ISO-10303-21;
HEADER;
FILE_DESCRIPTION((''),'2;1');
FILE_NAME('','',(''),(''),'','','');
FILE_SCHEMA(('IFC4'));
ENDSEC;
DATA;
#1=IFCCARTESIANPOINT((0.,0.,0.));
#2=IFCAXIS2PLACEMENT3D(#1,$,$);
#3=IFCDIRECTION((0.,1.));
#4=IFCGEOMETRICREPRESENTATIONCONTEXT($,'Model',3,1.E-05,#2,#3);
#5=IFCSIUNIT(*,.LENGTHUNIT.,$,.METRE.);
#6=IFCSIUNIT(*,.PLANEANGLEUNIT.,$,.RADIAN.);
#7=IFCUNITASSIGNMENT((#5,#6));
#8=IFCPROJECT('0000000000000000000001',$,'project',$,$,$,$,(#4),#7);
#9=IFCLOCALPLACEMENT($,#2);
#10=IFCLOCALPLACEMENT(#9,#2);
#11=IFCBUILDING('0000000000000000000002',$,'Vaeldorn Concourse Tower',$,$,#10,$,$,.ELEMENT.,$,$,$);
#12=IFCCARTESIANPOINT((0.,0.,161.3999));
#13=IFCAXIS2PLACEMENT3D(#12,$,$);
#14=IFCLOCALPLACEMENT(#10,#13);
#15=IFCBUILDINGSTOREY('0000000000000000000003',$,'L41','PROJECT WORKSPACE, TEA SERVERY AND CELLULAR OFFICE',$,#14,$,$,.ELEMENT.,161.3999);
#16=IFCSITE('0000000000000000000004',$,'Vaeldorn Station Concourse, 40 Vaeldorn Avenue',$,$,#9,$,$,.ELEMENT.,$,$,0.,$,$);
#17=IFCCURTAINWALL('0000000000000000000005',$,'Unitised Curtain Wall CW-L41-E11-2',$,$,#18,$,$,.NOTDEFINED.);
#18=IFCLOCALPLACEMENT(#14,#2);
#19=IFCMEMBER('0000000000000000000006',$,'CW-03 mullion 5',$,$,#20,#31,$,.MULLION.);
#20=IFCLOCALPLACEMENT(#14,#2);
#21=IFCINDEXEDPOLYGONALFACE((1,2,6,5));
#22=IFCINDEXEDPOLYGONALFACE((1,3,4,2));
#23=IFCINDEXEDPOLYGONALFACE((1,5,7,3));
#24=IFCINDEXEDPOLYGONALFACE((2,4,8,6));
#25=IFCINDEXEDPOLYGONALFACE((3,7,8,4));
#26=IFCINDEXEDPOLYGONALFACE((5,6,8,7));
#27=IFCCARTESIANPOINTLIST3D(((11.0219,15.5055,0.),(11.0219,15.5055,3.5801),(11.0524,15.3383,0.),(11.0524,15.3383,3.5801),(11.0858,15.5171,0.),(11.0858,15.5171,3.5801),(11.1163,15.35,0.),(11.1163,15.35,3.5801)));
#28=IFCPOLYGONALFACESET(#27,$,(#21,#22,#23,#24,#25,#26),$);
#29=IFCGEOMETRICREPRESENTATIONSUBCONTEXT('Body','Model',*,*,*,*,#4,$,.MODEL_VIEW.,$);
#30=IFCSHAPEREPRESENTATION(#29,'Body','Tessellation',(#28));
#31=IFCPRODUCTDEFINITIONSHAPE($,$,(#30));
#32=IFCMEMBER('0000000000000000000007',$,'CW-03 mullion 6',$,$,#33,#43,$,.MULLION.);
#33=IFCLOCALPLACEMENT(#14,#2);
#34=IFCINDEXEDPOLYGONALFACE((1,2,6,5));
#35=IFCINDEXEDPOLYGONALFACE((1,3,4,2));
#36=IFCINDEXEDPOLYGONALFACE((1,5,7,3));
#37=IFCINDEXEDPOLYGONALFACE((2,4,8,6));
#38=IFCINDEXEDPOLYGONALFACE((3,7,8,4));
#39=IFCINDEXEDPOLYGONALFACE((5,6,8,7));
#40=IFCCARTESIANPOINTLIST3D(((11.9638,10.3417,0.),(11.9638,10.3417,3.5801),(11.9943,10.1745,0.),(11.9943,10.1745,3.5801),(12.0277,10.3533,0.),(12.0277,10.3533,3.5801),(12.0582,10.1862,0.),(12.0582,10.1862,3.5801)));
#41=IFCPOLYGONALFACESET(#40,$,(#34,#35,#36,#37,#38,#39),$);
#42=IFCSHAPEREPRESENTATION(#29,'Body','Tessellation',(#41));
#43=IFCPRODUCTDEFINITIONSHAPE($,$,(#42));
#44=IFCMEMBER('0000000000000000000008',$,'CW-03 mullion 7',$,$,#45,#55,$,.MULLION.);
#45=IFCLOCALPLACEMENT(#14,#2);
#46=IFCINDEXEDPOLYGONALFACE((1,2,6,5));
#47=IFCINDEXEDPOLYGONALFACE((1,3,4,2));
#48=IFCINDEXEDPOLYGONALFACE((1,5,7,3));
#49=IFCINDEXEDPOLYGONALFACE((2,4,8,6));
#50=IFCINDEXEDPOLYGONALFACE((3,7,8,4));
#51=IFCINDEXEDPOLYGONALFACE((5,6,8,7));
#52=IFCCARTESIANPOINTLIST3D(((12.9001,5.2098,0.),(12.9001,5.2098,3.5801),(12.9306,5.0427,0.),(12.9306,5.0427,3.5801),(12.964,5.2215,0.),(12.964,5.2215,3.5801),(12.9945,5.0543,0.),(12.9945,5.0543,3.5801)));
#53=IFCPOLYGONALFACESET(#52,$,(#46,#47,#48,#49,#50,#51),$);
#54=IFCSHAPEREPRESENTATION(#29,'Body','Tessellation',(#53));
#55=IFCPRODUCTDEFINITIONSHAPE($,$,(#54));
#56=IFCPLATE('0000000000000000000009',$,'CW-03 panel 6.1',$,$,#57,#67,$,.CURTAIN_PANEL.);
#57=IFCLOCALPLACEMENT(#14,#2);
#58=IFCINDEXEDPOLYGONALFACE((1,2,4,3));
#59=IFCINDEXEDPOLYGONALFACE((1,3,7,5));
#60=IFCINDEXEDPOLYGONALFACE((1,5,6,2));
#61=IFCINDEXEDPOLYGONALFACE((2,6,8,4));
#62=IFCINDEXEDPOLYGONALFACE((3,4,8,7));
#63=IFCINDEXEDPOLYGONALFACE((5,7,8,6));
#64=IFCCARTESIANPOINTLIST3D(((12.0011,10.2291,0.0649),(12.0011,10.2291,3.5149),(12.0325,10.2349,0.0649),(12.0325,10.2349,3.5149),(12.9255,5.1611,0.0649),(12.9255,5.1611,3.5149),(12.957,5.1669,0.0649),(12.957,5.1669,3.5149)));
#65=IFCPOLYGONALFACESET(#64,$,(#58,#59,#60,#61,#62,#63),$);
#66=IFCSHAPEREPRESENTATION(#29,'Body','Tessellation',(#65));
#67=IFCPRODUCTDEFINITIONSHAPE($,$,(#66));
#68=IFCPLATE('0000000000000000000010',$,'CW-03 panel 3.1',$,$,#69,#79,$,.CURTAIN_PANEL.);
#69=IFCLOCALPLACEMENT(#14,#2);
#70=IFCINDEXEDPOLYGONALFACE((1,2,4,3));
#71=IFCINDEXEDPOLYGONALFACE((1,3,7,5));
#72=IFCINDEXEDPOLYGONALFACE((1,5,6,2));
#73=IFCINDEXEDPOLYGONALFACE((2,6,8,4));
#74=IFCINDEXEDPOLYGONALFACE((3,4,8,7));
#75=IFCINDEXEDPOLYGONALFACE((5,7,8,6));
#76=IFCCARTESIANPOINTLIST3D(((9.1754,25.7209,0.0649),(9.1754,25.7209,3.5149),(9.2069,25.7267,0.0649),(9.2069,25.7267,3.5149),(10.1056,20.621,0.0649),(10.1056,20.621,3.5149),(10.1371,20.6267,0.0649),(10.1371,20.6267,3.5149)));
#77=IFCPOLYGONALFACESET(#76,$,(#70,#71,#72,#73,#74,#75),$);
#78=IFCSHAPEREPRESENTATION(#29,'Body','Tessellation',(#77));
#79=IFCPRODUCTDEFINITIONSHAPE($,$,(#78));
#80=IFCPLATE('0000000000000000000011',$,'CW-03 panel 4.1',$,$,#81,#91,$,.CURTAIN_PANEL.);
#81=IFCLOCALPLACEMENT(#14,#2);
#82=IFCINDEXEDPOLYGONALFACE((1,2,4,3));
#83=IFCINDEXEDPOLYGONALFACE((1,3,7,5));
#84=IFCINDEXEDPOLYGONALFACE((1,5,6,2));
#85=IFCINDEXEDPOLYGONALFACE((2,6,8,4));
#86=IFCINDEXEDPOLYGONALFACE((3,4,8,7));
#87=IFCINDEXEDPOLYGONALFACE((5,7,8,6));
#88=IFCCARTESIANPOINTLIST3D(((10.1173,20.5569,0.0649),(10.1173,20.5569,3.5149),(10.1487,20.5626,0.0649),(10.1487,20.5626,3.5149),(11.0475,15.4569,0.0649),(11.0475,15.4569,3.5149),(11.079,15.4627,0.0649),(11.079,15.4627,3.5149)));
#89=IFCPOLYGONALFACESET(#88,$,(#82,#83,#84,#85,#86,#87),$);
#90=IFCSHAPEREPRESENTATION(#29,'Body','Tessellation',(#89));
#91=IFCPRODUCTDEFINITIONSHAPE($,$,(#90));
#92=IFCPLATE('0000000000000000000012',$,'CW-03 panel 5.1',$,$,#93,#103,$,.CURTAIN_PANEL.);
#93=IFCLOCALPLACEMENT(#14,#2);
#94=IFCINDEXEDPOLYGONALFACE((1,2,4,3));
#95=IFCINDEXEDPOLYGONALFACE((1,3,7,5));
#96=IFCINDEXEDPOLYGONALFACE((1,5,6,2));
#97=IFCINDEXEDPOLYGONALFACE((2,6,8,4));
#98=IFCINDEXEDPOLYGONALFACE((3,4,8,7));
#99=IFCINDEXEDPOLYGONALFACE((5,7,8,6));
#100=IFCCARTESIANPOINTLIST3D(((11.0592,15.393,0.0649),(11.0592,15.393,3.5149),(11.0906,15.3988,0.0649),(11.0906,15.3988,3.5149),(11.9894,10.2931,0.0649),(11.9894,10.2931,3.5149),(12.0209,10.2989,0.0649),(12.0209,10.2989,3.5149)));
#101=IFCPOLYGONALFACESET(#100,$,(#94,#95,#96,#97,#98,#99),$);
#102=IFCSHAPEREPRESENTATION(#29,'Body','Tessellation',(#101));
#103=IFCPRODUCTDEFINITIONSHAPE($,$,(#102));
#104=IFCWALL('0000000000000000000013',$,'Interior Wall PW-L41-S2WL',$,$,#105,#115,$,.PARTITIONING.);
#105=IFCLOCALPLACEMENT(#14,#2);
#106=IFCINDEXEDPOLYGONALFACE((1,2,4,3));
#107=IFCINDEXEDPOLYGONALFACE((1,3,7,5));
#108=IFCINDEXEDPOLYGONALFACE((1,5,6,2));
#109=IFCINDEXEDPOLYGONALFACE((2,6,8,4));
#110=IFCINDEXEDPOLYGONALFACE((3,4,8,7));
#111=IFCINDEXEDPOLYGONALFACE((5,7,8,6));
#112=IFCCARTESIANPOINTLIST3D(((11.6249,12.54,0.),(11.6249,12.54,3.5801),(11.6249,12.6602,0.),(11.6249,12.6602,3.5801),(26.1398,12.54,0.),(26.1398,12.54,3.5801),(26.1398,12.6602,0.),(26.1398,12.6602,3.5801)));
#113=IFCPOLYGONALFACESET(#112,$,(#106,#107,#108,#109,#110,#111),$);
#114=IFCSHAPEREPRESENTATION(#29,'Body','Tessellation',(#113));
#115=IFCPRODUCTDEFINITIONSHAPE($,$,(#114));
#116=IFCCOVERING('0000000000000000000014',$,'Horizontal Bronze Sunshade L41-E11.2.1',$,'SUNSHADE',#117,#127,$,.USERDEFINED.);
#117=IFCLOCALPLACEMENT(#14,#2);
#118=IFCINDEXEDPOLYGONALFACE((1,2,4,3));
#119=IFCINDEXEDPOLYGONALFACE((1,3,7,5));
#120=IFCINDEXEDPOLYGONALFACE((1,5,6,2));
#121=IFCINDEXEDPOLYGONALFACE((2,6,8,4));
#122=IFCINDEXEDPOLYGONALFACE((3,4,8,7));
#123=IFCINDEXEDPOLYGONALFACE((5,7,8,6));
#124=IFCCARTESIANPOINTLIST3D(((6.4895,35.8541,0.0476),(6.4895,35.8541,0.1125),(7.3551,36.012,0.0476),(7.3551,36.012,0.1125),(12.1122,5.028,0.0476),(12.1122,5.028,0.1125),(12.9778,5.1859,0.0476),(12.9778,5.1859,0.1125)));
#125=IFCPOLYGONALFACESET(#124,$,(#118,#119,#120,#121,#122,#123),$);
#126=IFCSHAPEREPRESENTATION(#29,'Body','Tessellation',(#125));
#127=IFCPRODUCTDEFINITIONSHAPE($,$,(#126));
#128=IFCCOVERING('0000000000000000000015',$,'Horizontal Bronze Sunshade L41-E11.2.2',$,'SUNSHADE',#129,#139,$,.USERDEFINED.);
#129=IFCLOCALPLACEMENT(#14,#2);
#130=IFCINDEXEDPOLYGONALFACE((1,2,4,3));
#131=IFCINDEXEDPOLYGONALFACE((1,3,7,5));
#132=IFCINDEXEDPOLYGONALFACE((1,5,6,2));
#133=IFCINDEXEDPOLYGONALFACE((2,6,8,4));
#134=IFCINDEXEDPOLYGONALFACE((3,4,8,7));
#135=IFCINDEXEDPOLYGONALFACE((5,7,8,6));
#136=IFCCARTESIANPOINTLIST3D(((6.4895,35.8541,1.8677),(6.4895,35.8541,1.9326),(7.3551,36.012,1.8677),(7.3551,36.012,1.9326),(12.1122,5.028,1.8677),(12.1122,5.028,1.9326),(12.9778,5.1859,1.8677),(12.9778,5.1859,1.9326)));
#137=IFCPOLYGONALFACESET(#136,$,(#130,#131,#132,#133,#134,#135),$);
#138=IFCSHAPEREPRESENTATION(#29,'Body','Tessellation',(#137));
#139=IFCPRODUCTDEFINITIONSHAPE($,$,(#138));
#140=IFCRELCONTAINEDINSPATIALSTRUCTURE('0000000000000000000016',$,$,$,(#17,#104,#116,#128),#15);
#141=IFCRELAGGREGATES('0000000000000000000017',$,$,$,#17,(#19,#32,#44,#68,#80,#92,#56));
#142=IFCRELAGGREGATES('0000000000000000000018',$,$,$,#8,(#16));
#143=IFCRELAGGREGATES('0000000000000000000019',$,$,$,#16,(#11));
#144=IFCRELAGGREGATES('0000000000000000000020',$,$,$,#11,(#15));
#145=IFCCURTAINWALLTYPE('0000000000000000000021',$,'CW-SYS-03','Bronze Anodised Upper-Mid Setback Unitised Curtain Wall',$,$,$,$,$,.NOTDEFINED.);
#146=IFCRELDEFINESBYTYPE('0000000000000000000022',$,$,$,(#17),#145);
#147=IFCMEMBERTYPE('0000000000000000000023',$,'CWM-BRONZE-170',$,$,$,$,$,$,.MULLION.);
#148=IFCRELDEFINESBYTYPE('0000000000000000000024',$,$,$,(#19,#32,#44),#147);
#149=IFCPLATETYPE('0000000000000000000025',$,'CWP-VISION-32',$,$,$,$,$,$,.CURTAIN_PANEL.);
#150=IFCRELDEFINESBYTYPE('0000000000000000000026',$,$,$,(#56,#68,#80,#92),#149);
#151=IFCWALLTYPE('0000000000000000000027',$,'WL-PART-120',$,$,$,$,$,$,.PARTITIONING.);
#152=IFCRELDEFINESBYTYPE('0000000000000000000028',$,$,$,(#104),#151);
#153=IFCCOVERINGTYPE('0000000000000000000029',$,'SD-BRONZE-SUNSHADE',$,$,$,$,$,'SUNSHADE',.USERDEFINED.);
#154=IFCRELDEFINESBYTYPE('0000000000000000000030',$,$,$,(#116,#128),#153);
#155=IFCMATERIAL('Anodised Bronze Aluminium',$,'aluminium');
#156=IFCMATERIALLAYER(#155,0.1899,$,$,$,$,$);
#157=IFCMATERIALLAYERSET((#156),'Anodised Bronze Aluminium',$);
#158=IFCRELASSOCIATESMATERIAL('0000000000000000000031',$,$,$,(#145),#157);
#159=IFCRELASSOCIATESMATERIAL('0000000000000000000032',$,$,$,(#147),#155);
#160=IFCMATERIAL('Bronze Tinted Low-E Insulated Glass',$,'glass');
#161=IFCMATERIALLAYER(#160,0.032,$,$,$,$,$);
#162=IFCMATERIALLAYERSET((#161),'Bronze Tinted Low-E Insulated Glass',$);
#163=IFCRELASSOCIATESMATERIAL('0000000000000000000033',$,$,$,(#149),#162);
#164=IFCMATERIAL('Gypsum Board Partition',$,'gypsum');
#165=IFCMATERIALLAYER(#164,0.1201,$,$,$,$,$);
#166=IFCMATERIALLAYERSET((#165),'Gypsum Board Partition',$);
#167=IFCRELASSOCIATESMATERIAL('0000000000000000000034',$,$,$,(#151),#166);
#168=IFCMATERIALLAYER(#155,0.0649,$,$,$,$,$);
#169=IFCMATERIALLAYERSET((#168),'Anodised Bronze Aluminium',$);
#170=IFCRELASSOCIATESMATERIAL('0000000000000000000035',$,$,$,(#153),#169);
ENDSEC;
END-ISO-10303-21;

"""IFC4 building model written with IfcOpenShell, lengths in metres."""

from ifc_helpers import new_model, si_unit, direction, frame, frame_2d, origin, origin_2d, place, context, subcontext, project, spatial, rectangle, extrude, source, transform, mapped, material, layer, layer_set, material_profile, profile_set, type_object, element, aggregate, save


model = new_model("IFC4")

# Units and contexts
model_context = context("Model", 3, precision=1e-05, world=origin(), true_north=direction((0.0, 1.0)))
body_context = subcontext(model_context, "Body", "Model", "MODEL_VIEW")
ifc_project = project(units=[si_unit("LENGTHUNIT", "METRE"), si_unit("PLANEANGLEUNIT", "RADIAN")], contexts=[model_context])

# Site, building, storey
site_placement = place(None, origin())
site = spatial("IfcSite", under=ifc_project, at=site_placement, Name="Vaeldorn Station Concourse, 40 Vaeldorn Avenue", CompositionType="ELEMENT", RefElevation=0.0)
building_placement = place(site_placement, origin())
building = spatial("IfcBuilding", under=site, at=building_placement, Name="Vaeldorn Concourse Tower", CompositionType="ELEMENT")
storey_placement = place(building_placement, frame((0.0, 0.0, 161.3999)))
storey = spatial("IfcBuildingStorey", under=building, at=storey_placement, Name="L41", Description="PROJECT WORKSPACE, TEA SERVERY AND CELLULAR OFFICE", CompositionType="ELEMENT", Elevation=161.3999)

# Curtain wall, members, plates
ifc_material_1 = material(Name="Anodised Bronze Aluminium", Category="aluminium")
ifc_layer_1 = layer(ifc_material_1, 0.1899)
ifc_layer_set_1 = layer_set([ifc_layer_1], Name="Anodised Bronze Aluminium")
curtain_wall_type = type_object("IfcCurtainWallType", Name="CW-SYS-03", Description="Bronze Anodised Upper-Mid Setback Unitised Curtain Wall", PredefinedType="NOTDEFINED", material=ifc_layer_set_1)
curtain_wall_placement = place(storey_placement, origin())
curtain_wall = element("IfcCurtainWall", 1, at=curtain_wall_placement, inside=storey, type_object=curtain_wall_type, Name="Unitised Curtain Wall CW-L41-E11-2", PredefinedType="NOTDEFINED")
ifc_material_profile_1 = material_profile(ifc_material_1, rectangle(XDim=0.0649, YDim=0.1699, at=origin_2d()), Name="CWM 65x170")
ifc_profile_set_1 = profile_set([ifc_material_profile_1], Name="Anodised Bronze Aluminium")
member_type_1 = type_object("IfcMemberType", Name="CWM-BRONZE-170", PredefinedType="MULLION", material=ifc_profile_set_1)
shared_shape_1 = source(origin(), body_context, "Body", "SweptSolid", [
    extrude(rectangle(XDim=0.0649, YDim=0.1699, at=origin_2d()), origin(), (0.0, 0.0, 1.0), 3.5801),
])
member_1_placement = place(storey_placement, frame((11.0691, 15.4277, 0.0), z_axis=(0.0, 0.0, 1.0), x_axis=(0.983768, 0.179446, 0.0)))
member_1 = element("IfcMember", 2, at=member_1_placement, type_object=member_type_1, Name="CW-03 mullion 5", PredefinedType="MULLION", context=body_context, shape_type="MappedRepresentation", body=[
    mapped(shared_shape_1, transform((0.0, 0.0, 0.0), scale=1.0)),
])
member_2_placement = place(storey_placement, frame((12.011, 10.2639, 0.0), z_axis=(0.0, 0.0, 1.0), x_axis=(0.983768, 0.179446, 0.0)))
member_2 = element("IfcMember", 3, at=member_2_placement, type_object=member_type_1, Name="CW-03 mullion 6", PredefinedType="MULLION", context=body_context, shape_type="MappedRepresentation", body=[
    mapped(shared_shape_1, transform((0.0, 0.0, 0.0), scale=1.0)),
])
member_3_placement = place(storey_placement, frame((12.9473, 5.1321, 0.0), z_axis=(0.0, 0.0, 1.0), x_axis=(0.983768, 0.179446, 0.0)))
member_3 = element("IfcMember", 4, at=member_3_placement, type_object=member_type_1, Name="CW-03 mullion 7", PredefinedType="MULLION", context=body_context, shape_type="MappedRepresentation", body=[
    mapped(shared_shape_1, transform((0.0, 0.0, 0.0), scale=1.0)),
])
ifc_material_2 = material(Name="Bronze Tinted Low-E Insulated Glass", Category="glass")
ifc_layer_2 = layer(ifc_material_2, 0.032)
ifc_layer_set_2 = layer_set([ifc_layer_2], Name="Bronze Tinted Low-E Insulated Glass")
plate_type = type_object("IfcPlateType", Name="CWP-VISION-32", PredefinedType="CURTAIN_PANEL", material=ifc_layer_set_2)
shared_shape_2 = source(origin(), body_context, "Body", "SweptSolid", [
    extrude(rectangle(XDim=5.1516, YDim=0.032, at=origin_2d()), origin(), (0.0, 0.0, 1.0), 3.45),
])
plate_1_placement = place(storey_placement, frame((12.479, 7.698, 0.0649), z_axis=(0.0, 0.0, 1.0), x_axis=(0.179446, -0.983768, 0.0)))
plate_1 = element("IfcPlate", 5, at=plate_1_placement, type_object=plate_type, Name="CW-03 panel 6.1", PredefinedType="CURTAIN_PANEL", context=body_context, shape_type="MappedRepresentation", body=[
    mapped(shared_shape_2, transform((0.0, 0.0, 0.0), scale=1.0)),
])
shared_shape_3 = source(origin(), body_context, "Body", "SweptSolid", [
    extrude(rectangle(XDim=5.1841, YDim=0.032, at=origin_2d()), origin(), (0.0, 0.0, 1.0), 3.45),
])
plate_2_placement = place(storey_placement, frame((9.6562, 23.1738, 0.0649), z_axis=(0.0, 0.0, 1.0), x_axis=(0.179446, -0.983768, 0.0)))
plate_2 = element("IfcPlate", 6, at=plate_2_placement, type_object=plate_type, Name="CW-03 panel 3.1", PredefinedType="CURTAIN_PANEL", context=body_context, shape_type="MappedRepresentation", body=[
    mapped(shared_shape_3, transform((0.0, 0.0, 0.0), scale=1.0)),
])
plate_3_placement = place(storey_placement, frame((10.5981, 18.0098, 0.0649), z_axis=(0.0, 0.0, 1.0), x_axis=(0.179446, -0.983768, 0.0)))
plate_3 = element("IfcPlate", 7, at=plate_3_placement, type_object=plate_type, Name="CW-03 panel 4.1", PredefinedType="CURTAIN_PANEL", context=body_context, shape_type="MappedRepresentation", body=[
    mapped(shared_shape_3, transform((0.0, 0.0, 0.0), scale=1.0)),
])
plate_4_placement = place(storey_placement, frame((11.54, 12.8459, 0.0649), z_axis=(0.0, 0.0, 1.0), x_axis=(0.179446, -0.983768, 0.0)))
plate_4 = element("IfcPlate", 8, at=plate_4_placement, type_object=plate_type, Name="CW-03 panel 5.1", PredefinedType="CURTAIN_PANEL", context=body_context, shape_type="MappedRepresentation", body=[
    mapped(shared_shape_3, transform((0.0, 0.0, 0.0), scale=1.0)),
])
aggregate(curtain_wall, [member_1, member_2, member_3, plate_2, plate_3, plate_4, plate_1])

# Wall
ifc_material_3 = material(Name="Gypsum Board Partition", Category="gypsum")
ifc_layer_3 = layer(ifc_material_3, 0.1201)
ifc_layer_set_3 = layer_set([ifc_layer_3], Name="Gypsum Board Partition")
wall_type = type_object("IfcWallType", Name="WL-PART-120", PredefinedType="PARTITIONING", material=ifc_layer_set_3)
wall_placement = place(storey_placement, frame((11.625, 12.6001, 0.0), z_axis=(0.0, 0.0, 1.0), x_axis=(1.0, 0.0, 0.0)))
element("IfcWall", 9, at=wall_placement, inside=storey, type_object=wall_type, Name="Interior Wall PW-L41-S2WL", PredefinedType="PARTITIONING", context=body_context, shape_type="SweptSolid", body=[
    extrude(rectangle(XDim=14.5149, YDim=0.1201, at=frame_2d((7.2573, 0.0))), origin(), (0.0, 0.0, 1.0), 3.5801),
])

# Coverings
ifc_layer_4 = layer(ifc_material_1, 0.0649)
ifc_layer_set_4 = layer_set([ifc_layer_4], Name="Anodised Bronze Aluminium")
covering_type = type_object("IfcCoveringType", Name="SD-BRONZE-SUNSHADE", ElementType="SUNSHADE", PredefinedType="USERDEFINED", material=ifc_layer_set_4)
shared_shape_4 = source(origin(), body_context, "Body", "SweptSolid", [
    extrude(rectangle(XDim=31.3347, YDim=0.8799, at=origin_2d()), origin(), (0.0, 0.0, 1.0), 0.0649),
])
for number, where, z_axis, x_axis, name in (
    (10, (9.7336, 20.52, 0.0476), (0.0, 0.0, 1.0), (0.179438, -0.983769, 0.0), "Horizontal Bronze Sunshade L41-E11.2.1"),
    (11, (9.7336, 20.52, 1.8677), (0.0, 0.0, 1.0), (0.179438, -0.983769, 0.0), "Horizontal Bronze Sunshade L41-E11.2.2"),
):
    element("IfcCovering", number, at=place(storey_placement, frame(where, z_axis=z_axis, x_axis=x_axis)), inside=storey, type_object=covering_type, Name=name, ObjectType="SUNSHADE", PredefinedType="USERDEFINED", context=body_context, shape_type="MappedRepresentation", body=[
        mapped(shared_shape_4, transform((0.0, 0.0, 0.0), scale=1.0)),
    ])

save(model, "model.ifc")
